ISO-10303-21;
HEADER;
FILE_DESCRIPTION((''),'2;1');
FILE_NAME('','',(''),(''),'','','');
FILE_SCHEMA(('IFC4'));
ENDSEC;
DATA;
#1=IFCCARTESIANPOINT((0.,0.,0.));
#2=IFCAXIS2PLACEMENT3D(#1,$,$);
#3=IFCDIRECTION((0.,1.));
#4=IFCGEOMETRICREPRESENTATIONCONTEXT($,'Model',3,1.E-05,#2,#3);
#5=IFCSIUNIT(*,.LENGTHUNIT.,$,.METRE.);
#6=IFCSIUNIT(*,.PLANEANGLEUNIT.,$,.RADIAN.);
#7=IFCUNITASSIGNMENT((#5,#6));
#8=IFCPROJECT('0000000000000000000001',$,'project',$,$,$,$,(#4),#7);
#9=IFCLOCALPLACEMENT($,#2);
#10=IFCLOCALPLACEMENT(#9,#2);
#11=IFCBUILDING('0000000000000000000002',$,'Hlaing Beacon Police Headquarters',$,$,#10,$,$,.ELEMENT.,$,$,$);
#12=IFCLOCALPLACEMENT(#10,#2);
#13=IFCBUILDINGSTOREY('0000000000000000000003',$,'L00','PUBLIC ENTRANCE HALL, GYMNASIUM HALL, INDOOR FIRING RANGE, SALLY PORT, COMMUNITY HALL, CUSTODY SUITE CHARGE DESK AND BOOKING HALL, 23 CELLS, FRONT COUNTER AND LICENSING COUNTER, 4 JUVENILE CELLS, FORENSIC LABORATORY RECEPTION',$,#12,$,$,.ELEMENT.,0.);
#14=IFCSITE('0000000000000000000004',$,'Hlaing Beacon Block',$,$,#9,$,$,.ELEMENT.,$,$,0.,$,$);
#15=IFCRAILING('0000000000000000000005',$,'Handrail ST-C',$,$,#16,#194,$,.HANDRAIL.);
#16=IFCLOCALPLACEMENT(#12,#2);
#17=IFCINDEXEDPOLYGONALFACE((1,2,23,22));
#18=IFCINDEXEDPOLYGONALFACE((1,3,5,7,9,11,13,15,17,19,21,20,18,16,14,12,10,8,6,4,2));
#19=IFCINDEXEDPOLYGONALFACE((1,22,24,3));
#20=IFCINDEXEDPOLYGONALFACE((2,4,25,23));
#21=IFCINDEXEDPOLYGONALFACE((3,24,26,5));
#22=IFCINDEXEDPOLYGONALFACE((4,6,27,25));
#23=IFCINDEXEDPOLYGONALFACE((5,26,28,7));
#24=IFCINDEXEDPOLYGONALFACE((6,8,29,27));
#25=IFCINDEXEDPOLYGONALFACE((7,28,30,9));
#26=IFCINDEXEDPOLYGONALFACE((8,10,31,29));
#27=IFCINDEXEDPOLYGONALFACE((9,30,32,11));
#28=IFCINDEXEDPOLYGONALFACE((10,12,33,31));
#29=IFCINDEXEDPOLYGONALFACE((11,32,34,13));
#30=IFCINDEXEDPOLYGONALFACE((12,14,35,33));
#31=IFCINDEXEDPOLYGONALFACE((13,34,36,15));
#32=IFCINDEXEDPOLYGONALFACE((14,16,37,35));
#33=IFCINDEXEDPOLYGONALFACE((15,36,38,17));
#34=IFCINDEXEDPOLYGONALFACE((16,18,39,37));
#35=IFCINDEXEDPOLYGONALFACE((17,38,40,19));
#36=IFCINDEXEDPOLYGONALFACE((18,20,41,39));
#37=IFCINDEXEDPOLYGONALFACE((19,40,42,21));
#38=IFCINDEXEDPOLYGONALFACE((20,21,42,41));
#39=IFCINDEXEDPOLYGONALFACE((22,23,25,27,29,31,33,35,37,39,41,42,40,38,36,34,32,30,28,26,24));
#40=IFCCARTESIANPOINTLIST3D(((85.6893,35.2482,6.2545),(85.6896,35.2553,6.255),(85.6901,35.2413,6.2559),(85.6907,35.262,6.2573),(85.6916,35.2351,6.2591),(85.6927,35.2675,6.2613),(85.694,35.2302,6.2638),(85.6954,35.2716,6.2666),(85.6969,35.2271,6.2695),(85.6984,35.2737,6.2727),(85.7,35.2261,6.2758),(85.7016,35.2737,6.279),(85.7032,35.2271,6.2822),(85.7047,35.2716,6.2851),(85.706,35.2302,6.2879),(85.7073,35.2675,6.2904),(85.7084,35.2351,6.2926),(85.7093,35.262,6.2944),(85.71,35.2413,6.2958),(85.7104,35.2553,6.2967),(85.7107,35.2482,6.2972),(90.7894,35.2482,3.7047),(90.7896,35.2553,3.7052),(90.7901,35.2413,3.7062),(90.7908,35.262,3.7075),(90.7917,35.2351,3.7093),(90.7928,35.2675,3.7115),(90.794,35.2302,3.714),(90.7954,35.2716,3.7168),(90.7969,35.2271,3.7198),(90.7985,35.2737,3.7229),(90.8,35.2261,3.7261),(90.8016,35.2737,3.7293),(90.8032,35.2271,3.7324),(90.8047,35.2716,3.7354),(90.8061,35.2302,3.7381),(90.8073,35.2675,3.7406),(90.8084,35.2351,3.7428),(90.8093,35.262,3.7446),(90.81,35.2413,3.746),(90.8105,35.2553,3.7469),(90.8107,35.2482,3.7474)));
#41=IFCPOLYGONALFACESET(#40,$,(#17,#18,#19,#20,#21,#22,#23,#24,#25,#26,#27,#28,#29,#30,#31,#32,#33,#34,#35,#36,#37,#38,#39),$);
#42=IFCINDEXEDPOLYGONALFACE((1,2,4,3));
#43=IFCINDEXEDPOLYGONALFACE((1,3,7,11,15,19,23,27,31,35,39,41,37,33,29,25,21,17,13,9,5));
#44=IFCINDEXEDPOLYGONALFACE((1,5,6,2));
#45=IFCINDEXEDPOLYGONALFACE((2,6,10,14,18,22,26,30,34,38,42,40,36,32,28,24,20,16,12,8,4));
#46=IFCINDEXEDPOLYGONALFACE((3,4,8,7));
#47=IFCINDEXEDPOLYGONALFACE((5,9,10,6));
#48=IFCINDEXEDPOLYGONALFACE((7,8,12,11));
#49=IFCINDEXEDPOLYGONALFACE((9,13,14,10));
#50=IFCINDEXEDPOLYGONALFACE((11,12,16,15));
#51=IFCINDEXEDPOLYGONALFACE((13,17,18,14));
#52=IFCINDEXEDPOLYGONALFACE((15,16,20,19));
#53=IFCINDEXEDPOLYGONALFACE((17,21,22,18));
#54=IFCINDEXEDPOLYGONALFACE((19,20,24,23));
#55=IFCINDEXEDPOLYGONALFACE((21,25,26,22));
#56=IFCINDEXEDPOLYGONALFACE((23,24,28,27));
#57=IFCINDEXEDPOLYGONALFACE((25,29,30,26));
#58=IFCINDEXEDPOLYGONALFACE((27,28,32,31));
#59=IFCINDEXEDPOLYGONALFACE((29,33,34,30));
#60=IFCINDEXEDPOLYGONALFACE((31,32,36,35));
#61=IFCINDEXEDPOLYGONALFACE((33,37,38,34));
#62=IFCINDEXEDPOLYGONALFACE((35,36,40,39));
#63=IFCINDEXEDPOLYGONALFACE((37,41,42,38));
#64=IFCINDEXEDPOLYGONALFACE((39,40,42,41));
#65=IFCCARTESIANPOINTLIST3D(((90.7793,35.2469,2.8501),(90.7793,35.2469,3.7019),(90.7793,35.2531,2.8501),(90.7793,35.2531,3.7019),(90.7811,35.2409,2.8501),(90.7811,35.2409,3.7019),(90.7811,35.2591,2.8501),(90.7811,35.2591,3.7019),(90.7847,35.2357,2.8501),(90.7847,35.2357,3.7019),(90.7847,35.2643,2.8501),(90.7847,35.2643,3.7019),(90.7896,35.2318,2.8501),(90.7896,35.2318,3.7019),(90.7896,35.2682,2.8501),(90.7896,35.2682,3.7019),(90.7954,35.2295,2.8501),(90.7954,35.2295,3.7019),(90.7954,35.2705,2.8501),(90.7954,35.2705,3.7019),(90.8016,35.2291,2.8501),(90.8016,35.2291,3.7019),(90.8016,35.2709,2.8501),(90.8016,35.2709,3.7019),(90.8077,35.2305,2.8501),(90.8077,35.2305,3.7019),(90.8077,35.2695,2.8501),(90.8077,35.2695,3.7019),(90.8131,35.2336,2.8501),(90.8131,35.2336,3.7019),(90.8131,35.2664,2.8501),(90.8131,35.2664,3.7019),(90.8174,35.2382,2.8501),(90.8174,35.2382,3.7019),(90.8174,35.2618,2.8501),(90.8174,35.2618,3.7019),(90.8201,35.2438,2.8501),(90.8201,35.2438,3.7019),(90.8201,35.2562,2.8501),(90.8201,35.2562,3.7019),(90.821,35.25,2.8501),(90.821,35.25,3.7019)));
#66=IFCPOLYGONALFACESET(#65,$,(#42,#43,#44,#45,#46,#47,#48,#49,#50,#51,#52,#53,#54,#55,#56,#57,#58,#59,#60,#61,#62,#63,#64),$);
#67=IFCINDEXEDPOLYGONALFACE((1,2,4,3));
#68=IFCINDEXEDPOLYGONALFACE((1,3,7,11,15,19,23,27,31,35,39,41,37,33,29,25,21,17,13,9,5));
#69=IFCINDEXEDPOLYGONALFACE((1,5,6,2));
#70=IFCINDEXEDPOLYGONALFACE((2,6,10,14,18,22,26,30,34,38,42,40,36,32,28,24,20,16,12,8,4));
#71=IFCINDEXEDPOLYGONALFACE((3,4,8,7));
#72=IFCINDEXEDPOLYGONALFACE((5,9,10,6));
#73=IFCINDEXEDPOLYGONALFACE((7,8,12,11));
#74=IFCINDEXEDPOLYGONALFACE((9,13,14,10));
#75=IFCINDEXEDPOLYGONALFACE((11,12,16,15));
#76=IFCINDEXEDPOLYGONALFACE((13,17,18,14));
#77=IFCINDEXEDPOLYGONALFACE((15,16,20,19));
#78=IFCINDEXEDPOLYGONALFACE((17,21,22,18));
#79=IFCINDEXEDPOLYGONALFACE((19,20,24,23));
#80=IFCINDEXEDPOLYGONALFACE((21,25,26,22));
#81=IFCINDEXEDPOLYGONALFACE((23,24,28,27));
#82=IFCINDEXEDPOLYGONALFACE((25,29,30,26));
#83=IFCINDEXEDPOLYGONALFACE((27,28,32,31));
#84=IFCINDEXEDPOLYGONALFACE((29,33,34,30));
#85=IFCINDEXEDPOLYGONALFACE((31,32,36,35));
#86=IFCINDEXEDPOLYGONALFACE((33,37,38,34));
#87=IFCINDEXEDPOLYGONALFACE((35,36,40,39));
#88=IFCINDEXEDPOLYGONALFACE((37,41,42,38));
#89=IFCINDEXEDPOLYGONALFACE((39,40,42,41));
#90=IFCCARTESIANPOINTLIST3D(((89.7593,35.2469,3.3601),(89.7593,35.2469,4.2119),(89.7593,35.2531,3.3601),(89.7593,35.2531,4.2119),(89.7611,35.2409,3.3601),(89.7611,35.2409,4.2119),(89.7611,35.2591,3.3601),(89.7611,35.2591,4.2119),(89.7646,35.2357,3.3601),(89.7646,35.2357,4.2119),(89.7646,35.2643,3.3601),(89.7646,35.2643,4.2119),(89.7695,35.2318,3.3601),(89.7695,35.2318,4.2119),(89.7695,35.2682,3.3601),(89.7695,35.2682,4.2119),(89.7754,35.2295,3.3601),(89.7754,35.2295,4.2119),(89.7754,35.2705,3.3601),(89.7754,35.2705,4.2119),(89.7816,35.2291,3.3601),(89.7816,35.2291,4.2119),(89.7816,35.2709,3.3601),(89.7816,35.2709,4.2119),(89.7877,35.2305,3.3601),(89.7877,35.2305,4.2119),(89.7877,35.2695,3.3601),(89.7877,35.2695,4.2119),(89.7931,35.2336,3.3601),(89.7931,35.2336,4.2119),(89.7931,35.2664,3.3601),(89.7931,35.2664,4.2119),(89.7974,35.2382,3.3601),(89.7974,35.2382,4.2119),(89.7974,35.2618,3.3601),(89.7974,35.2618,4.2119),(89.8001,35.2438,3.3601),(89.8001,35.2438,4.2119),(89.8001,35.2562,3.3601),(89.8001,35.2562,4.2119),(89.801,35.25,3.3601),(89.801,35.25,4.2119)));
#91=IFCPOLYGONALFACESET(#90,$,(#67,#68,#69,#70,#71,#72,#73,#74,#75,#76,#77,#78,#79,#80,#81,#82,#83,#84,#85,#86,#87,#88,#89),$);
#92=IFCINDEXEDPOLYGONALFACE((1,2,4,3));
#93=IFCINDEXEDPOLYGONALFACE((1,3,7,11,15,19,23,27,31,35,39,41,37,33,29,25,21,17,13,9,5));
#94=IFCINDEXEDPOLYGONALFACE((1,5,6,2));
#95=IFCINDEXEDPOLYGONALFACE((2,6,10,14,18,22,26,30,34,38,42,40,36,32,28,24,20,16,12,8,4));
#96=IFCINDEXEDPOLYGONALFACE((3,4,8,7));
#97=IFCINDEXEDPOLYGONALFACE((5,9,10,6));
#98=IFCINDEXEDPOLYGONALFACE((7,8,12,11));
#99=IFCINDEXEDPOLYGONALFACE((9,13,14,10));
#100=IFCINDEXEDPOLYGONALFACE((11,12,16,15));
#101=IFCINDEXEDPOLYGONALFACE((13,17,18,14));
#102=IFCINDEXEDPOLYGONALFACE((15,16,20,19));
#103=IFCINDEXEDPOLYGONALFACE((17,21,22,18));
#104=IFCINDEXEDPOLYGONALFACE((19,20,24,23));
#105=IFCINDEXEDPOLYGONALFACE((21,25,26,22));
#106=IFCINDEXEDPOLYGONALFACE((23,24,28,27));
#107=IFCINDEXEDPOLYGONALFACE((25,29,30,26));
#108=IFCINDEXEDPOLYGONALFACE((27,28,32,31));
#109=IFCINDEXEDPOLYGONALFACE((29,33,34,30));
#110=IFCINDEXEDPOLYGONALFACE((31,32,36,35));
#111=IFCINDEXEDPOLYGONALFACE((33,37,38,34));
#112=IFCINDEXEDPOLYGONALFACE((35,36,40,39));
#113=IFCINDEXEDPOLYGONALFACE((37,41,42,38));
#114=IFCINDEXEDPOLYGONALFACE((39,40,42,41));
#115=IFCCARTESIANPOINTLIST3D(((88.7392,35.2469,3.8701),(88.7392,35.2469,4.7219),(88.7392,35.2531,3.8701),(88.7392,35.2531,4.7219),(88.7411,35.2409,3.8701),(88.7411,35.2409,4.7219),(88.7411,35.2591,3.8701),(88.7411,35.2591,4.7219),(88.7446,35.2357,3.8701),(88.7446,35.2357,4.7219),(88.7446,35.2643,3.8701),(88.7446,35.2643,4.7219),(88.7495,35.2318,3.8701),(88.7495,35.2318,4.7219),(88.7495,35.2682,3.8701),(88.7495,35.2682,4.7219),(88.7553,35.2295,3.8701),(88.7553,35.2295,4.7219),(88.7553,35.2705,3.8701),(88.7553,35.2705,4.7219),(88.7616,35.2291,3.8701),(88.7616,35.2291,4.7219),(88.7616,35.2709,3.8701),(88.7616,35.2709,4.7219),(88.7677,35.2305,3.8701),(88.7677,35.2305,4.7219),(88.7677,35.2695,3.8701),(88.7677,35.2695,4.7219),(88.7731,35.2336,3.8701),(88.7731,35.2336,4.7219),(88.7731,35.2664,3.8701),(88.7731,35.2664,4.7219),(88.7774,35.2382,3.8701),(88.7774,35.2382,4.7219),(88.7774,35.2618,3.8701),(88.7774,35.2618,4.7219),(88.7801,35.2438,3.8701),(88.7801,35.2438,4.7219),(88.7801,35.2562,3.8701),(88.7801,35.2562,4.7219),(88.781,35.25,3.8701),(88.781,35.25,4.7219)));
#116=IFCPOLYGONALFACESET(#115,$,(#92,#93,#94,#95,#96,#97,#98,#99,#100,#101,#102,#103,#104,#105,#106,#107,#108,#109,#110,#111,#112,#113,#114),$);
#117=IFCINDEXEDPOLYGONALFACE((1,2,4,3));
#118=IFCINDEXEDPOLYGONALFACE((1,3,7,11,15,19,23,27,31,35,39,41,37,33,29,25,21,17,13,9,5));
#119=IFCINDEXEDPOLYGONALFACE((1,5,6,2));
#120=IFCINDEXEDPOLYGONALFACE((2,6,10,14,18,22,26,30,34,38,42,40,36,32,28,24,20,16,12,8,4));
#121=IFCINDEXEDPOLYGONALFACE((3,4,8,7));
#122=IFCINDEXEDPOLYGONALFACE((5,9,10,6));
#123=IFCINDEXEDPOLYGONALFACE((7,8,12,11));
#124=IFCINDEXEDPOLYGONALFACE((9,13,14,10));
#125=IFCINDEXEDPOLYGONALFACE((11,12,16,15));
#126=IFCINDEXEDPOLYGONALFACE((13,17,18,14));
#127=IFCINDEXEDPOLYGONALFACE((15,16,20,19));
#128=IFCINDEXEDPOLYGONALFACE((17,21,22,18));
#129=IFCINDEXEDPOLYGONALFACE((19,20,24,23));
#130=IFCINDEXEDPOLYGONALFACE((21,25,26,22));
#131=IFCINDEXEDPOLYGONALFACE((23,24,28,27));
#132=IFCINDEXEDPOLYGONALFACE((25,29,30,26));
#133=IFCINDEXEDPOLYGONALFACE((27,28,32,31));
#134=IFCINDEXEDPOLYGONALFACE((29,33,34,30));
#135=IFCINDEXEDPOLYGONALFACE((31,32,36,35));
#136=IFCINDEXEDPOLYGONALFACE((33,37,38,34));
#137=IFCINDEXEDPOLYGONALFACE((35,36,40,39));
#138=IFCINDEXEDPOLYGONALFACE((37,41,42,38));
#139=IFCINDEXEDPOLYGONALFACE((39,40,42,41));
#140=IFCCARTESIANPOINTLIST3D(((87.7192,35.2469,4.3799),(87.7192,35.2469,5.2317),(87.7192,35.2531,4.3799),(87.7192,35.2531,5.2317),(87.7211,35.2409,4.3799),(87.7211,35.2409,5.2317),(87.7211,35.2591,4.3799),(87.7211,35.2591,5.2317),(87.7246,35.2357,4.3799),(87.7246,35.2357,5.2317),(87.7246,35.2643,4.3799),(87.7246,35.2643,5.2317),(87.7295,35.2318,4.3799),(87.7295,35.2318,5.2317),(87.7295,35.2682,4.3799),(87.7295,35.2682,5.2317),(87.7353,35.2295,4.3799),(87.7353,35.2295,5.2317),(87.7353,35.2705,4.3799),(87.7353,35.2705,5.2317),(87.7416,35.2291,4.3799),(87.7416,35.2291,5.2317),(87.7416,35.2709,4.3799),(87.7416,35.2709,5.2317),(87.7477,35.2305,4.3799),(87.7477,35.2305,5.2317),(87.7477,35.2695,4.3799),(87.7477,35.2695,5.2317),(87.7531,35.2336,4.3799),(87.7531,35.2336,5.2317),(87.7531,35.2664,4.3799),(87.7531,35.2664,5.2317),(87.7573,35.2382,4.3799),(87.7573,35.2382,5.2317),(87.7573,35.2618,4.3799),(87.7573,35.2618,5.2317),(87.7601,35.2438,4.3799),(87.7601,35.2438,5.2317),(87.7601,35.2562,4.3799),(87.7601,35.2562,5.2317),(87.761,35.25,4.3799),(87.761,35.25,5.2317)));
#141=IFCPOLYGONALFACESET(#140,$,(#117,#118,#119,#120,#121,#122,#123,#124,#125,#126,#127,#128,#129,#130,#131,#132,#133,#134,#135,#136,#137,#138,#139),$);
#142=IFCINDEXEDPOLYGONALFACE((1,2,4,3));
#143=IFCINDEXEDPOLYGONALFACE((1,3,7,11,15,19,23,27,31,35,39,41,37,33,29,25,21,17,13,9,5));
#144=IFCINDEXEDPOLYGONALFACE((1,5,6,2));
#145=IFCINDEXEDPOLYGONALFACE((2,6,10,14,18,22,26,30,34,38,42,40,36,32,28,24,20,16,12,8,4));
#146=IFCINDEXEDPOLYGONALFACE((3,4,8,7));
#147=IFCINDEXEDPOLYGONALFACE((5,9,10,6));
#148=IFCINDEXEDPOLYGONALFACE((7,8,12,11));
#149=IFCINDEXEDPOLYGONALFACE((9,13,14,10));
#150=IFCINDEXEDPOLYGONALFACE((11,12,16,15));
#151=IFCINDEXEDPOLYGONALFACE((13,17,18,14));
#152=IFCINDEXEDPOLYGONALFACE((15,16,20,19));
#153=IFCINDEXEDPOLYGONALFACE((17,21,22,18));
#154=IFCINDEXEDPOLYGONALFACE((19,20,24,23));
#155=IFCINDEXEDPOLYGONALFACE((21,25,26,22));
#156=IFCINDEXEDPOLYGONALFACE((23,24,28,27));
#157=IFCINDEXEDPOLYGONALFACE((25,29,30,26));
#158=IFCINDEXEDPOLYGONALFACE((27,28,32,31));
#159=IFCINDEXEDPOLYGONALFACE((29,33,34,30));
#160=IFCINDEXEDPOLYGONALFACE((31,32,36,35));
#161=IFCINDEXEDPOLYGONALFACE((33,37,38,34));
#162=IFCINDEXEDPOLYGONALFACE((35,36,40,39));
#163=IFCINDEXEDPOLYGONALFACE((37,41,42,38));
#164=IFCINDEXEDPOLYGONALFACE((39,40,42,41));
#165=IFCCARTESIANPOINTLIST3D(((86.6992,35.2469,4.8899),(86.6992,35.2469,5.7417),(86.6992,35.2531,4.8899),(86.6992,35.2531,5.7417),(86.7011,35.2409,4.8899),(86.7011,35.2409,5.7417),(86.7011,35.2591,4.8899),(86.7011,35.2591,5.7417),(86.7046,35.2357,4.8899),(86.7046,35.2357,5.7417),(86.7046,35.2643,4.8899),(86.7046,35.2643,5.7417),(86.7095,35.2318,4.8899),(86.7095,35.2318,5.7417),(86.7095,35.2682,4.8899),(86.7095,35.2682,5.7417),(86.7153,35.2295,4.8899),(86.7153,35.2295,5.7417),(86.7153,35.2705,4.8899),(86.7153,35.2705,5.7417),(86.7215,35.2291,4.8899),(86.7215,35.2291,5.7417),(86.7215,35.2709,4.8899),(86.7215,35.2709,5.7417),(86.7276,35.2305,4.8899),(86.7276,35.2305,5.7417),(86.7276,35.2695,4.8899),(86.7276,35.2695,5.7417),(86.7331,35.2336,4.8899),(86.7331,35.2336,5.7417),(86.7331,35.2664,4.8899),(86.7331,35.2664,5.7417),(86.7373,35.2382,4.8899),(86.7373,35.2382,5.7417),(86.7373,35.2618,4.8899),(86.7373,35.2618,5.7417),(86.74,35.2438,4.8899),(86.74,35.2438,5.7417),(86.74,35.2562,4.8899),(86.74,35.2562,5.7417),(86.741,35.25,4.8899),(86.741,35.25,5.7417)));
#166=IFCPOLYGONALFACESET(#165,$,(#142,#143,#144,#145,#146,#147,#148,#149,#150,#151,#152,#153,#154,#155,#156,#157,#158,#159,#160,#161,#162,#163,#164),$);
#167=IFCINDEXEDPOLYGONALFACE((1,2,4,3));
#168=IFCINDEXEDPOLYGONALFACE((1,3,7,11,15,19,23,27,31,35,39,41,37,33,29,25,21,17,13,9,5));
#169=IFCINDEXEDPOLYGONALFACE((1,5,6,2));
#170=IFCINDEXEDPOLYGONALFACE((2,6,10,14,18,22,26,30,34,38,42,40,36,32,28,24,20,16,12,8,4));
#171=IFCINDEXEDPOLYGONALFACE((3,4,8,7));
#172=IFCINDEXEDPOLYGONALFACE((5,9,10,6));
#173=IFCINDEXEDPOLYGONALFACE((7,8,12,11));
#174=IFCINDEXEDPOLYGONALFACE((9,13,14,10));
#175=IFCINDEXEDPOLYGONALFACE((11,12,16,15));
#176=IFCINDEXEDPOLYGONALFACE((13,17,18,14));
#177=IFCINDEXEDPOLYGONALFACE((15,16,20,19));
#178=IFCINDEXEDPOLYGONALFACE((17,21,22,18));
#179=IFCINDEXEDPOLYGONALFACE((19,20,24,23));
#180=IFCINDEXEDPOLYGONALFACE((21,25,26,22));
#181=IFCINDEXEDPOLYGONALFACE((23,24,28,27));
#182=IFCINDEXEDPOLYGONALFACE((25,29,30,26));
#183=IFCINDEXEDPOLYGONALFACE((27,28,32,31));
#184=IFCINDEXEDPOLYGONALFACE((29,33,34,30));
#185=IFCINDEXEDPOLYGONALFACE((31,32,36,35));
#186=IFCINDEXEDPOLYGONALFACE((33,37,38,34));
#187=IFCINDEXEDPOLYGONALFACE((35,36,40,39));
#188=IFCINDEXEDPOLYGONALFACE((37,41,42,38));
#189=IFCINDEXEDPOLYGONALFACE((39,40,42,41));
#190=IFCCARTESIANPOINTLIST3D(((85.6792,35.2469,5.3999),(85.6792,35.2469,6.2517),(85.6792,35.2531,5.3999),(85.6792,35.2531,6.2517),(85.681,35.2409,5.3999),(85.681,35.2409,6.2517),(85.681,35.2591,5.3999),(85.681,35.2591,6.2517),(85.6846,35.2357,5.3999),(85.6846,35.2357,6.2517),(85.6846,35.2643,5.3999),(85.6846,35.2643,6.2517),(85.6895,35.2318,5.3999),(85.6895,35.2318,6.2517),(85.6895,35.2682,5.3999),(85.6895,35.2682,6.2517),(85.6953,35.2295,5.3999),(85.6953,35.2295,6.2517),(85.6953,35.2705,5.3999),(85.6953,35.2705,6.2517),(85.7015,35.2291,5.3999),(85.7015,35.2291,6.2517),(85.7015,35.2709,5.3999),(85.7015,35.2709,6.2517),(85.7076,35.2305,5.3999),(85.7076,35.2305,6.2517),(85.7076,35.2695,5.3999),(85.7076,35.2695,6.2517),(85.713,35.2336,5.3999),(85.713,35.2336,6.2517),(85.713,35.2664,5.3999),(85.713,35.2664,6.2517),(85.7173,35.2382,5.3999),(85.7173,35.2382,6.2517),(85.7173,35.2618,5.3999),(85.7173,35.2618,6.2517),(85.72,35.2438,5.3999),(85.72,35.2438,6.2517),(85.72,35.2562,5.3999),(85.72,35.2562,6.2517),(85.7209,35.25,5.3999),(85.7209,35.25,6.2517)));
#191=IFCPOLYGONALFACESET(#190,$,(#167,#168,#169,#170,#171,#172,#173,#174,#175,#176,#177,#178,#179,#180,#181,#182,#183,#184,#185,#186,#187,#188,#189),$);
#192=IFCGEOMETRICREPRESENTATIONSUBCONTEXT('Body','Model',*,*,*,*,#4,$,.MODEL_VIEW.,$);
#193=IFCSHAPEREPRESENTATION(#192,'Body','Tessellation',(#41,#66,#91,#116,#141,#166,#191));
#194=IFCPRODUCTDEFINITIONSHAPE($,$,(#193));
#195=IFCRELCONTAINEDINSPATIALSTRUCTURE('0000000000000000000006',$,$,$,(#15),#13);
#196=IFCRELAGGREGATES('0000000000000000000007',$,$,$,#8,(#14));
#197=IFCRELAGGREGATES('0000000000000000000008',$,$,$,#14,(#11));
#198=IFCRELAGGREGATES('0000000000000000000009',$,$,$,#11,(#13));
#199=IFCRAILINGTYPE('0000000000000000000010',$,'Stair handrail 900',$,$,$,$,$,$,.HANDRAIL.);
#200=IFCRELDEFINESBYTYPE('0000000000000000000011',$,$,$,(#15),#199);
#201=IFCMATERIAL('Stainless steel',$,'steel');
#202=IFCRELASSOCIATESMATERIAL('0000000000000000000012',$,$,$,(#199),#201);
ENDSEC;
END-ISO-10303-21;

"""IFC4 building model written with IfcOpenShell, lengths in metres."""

from ifc_helpers import new_model, si_unit, direction, frame, origin, origin_2d, place, context, subcontext, project, spatial, circle, extrude, material, type_object, element, save


model = new_model("IFC4")

# Units and contexts
model_context = context("Model", 3, precision=1e-05, world=origin(), true_north=direction((0.0, 1.0)))
body_context = subcontext(model_context, "Body", "Model", "MODEL_VIEW")
ifc_project = project(units=[si_unit("LENGTHUNIT", "METRE"), si_unit("PLANEANGLEUNIT", "RADIAN")], contexts=[model_context])

# Site, building, storey
site_placement = place(None, origin())
site = spatial("IfcSite", under=ifc_project, at=site_placement, Name="Hlaing Beacon Block", CompositionType="ELEMENT", RefElevation=0.0)
building_placement = place(site_placement, origin())
building = spatial("IfcBuilding", under=site, at=building_placement, Name="Hlaing Beacon Police Headquarters", CompositionType="ELEMENT")
storey_placement = place(building_placement, origin())
storey = spatial("IfcBuildingStorey", under=building, at=storey_placement, Name="L00", Description="PUBLIC ENTRANCE HALL, GYMNASIUM HALL, INDOOR FIRING RANGE, SALLY PORT, COMMUNITY HALL, CUSTODY SUITE CHARGE DESK AND BOOKING HALL, 23 CELLS, FRONT COUNTER AND LICENSING COUNTER, 4 JUVENILE CELLS, FORENSIC LABORATORY RECEPTION", CompositionType="ELEMENT", Elevation=0.0)

# Railing
ifc_material_1 = material(Name="Stainless steel", Category="steel")
railing_type = type_object("IfcRailingType", Name="Stair handrail 900", PredefinedType="HANDRAIL", material=ifc_material_1)
for number, where, name in (
    (1, (90.8, 35.25, 2.8501), "Handrail ST-C"),
):
    element("IfcRailing", number, at=place(storey_placement, frame(where)), inside=storey, type_object=railing_type, Name=name, PredefinedType="HANDRAIL", context=body_context, shape_type="SweptSolid", body=[
        extrude(circle(Radius=0.0239, at=origin_2d()), frame((0.0, 0.0, 0.876), z_axis=(-0.894444, 0.0, 0.447179), x_axis=(0.0, -1.0, 0.0)), (0.0, 0.0, 1.0), 5.7019),
        extrude(circle(Radius=0.021, at=origin_2d()), origin(), (0.0, 0.0, 1.0), 0.8518),
        extrude(circle(Radius=0.021, at=origin_2d()), frame((-1.02, 0.0, 0.51)), (0.0, 0.0, 1.0), 0.8518),
        extrude(circle(Radius=0.021, at=origin_2d()), frame((-2.04, 0.0, 1.02)), (0.0, 0.0, 1.0), 0.8518),
        extrude(circle(Radius=0.021, at=origin_2d()), frame((-3.0601, 0.0, 1.5298)), (0.0, 0.0, 1.0), 0.8518),
        extrude(circle(Radius=0.021, at=origin_2d()), frame((-4.0801, 0.0, 2.0398)), (0.0, 0.0, 1.0), 0.8518),
        extrude(circle(Radius=0.021, at=origin_2d()), frame((-5.1001, 0.0, 2.5498)), (0.0, 0.0, 1.0), 0.8518),
    ])

save(model, "model.ifc")
